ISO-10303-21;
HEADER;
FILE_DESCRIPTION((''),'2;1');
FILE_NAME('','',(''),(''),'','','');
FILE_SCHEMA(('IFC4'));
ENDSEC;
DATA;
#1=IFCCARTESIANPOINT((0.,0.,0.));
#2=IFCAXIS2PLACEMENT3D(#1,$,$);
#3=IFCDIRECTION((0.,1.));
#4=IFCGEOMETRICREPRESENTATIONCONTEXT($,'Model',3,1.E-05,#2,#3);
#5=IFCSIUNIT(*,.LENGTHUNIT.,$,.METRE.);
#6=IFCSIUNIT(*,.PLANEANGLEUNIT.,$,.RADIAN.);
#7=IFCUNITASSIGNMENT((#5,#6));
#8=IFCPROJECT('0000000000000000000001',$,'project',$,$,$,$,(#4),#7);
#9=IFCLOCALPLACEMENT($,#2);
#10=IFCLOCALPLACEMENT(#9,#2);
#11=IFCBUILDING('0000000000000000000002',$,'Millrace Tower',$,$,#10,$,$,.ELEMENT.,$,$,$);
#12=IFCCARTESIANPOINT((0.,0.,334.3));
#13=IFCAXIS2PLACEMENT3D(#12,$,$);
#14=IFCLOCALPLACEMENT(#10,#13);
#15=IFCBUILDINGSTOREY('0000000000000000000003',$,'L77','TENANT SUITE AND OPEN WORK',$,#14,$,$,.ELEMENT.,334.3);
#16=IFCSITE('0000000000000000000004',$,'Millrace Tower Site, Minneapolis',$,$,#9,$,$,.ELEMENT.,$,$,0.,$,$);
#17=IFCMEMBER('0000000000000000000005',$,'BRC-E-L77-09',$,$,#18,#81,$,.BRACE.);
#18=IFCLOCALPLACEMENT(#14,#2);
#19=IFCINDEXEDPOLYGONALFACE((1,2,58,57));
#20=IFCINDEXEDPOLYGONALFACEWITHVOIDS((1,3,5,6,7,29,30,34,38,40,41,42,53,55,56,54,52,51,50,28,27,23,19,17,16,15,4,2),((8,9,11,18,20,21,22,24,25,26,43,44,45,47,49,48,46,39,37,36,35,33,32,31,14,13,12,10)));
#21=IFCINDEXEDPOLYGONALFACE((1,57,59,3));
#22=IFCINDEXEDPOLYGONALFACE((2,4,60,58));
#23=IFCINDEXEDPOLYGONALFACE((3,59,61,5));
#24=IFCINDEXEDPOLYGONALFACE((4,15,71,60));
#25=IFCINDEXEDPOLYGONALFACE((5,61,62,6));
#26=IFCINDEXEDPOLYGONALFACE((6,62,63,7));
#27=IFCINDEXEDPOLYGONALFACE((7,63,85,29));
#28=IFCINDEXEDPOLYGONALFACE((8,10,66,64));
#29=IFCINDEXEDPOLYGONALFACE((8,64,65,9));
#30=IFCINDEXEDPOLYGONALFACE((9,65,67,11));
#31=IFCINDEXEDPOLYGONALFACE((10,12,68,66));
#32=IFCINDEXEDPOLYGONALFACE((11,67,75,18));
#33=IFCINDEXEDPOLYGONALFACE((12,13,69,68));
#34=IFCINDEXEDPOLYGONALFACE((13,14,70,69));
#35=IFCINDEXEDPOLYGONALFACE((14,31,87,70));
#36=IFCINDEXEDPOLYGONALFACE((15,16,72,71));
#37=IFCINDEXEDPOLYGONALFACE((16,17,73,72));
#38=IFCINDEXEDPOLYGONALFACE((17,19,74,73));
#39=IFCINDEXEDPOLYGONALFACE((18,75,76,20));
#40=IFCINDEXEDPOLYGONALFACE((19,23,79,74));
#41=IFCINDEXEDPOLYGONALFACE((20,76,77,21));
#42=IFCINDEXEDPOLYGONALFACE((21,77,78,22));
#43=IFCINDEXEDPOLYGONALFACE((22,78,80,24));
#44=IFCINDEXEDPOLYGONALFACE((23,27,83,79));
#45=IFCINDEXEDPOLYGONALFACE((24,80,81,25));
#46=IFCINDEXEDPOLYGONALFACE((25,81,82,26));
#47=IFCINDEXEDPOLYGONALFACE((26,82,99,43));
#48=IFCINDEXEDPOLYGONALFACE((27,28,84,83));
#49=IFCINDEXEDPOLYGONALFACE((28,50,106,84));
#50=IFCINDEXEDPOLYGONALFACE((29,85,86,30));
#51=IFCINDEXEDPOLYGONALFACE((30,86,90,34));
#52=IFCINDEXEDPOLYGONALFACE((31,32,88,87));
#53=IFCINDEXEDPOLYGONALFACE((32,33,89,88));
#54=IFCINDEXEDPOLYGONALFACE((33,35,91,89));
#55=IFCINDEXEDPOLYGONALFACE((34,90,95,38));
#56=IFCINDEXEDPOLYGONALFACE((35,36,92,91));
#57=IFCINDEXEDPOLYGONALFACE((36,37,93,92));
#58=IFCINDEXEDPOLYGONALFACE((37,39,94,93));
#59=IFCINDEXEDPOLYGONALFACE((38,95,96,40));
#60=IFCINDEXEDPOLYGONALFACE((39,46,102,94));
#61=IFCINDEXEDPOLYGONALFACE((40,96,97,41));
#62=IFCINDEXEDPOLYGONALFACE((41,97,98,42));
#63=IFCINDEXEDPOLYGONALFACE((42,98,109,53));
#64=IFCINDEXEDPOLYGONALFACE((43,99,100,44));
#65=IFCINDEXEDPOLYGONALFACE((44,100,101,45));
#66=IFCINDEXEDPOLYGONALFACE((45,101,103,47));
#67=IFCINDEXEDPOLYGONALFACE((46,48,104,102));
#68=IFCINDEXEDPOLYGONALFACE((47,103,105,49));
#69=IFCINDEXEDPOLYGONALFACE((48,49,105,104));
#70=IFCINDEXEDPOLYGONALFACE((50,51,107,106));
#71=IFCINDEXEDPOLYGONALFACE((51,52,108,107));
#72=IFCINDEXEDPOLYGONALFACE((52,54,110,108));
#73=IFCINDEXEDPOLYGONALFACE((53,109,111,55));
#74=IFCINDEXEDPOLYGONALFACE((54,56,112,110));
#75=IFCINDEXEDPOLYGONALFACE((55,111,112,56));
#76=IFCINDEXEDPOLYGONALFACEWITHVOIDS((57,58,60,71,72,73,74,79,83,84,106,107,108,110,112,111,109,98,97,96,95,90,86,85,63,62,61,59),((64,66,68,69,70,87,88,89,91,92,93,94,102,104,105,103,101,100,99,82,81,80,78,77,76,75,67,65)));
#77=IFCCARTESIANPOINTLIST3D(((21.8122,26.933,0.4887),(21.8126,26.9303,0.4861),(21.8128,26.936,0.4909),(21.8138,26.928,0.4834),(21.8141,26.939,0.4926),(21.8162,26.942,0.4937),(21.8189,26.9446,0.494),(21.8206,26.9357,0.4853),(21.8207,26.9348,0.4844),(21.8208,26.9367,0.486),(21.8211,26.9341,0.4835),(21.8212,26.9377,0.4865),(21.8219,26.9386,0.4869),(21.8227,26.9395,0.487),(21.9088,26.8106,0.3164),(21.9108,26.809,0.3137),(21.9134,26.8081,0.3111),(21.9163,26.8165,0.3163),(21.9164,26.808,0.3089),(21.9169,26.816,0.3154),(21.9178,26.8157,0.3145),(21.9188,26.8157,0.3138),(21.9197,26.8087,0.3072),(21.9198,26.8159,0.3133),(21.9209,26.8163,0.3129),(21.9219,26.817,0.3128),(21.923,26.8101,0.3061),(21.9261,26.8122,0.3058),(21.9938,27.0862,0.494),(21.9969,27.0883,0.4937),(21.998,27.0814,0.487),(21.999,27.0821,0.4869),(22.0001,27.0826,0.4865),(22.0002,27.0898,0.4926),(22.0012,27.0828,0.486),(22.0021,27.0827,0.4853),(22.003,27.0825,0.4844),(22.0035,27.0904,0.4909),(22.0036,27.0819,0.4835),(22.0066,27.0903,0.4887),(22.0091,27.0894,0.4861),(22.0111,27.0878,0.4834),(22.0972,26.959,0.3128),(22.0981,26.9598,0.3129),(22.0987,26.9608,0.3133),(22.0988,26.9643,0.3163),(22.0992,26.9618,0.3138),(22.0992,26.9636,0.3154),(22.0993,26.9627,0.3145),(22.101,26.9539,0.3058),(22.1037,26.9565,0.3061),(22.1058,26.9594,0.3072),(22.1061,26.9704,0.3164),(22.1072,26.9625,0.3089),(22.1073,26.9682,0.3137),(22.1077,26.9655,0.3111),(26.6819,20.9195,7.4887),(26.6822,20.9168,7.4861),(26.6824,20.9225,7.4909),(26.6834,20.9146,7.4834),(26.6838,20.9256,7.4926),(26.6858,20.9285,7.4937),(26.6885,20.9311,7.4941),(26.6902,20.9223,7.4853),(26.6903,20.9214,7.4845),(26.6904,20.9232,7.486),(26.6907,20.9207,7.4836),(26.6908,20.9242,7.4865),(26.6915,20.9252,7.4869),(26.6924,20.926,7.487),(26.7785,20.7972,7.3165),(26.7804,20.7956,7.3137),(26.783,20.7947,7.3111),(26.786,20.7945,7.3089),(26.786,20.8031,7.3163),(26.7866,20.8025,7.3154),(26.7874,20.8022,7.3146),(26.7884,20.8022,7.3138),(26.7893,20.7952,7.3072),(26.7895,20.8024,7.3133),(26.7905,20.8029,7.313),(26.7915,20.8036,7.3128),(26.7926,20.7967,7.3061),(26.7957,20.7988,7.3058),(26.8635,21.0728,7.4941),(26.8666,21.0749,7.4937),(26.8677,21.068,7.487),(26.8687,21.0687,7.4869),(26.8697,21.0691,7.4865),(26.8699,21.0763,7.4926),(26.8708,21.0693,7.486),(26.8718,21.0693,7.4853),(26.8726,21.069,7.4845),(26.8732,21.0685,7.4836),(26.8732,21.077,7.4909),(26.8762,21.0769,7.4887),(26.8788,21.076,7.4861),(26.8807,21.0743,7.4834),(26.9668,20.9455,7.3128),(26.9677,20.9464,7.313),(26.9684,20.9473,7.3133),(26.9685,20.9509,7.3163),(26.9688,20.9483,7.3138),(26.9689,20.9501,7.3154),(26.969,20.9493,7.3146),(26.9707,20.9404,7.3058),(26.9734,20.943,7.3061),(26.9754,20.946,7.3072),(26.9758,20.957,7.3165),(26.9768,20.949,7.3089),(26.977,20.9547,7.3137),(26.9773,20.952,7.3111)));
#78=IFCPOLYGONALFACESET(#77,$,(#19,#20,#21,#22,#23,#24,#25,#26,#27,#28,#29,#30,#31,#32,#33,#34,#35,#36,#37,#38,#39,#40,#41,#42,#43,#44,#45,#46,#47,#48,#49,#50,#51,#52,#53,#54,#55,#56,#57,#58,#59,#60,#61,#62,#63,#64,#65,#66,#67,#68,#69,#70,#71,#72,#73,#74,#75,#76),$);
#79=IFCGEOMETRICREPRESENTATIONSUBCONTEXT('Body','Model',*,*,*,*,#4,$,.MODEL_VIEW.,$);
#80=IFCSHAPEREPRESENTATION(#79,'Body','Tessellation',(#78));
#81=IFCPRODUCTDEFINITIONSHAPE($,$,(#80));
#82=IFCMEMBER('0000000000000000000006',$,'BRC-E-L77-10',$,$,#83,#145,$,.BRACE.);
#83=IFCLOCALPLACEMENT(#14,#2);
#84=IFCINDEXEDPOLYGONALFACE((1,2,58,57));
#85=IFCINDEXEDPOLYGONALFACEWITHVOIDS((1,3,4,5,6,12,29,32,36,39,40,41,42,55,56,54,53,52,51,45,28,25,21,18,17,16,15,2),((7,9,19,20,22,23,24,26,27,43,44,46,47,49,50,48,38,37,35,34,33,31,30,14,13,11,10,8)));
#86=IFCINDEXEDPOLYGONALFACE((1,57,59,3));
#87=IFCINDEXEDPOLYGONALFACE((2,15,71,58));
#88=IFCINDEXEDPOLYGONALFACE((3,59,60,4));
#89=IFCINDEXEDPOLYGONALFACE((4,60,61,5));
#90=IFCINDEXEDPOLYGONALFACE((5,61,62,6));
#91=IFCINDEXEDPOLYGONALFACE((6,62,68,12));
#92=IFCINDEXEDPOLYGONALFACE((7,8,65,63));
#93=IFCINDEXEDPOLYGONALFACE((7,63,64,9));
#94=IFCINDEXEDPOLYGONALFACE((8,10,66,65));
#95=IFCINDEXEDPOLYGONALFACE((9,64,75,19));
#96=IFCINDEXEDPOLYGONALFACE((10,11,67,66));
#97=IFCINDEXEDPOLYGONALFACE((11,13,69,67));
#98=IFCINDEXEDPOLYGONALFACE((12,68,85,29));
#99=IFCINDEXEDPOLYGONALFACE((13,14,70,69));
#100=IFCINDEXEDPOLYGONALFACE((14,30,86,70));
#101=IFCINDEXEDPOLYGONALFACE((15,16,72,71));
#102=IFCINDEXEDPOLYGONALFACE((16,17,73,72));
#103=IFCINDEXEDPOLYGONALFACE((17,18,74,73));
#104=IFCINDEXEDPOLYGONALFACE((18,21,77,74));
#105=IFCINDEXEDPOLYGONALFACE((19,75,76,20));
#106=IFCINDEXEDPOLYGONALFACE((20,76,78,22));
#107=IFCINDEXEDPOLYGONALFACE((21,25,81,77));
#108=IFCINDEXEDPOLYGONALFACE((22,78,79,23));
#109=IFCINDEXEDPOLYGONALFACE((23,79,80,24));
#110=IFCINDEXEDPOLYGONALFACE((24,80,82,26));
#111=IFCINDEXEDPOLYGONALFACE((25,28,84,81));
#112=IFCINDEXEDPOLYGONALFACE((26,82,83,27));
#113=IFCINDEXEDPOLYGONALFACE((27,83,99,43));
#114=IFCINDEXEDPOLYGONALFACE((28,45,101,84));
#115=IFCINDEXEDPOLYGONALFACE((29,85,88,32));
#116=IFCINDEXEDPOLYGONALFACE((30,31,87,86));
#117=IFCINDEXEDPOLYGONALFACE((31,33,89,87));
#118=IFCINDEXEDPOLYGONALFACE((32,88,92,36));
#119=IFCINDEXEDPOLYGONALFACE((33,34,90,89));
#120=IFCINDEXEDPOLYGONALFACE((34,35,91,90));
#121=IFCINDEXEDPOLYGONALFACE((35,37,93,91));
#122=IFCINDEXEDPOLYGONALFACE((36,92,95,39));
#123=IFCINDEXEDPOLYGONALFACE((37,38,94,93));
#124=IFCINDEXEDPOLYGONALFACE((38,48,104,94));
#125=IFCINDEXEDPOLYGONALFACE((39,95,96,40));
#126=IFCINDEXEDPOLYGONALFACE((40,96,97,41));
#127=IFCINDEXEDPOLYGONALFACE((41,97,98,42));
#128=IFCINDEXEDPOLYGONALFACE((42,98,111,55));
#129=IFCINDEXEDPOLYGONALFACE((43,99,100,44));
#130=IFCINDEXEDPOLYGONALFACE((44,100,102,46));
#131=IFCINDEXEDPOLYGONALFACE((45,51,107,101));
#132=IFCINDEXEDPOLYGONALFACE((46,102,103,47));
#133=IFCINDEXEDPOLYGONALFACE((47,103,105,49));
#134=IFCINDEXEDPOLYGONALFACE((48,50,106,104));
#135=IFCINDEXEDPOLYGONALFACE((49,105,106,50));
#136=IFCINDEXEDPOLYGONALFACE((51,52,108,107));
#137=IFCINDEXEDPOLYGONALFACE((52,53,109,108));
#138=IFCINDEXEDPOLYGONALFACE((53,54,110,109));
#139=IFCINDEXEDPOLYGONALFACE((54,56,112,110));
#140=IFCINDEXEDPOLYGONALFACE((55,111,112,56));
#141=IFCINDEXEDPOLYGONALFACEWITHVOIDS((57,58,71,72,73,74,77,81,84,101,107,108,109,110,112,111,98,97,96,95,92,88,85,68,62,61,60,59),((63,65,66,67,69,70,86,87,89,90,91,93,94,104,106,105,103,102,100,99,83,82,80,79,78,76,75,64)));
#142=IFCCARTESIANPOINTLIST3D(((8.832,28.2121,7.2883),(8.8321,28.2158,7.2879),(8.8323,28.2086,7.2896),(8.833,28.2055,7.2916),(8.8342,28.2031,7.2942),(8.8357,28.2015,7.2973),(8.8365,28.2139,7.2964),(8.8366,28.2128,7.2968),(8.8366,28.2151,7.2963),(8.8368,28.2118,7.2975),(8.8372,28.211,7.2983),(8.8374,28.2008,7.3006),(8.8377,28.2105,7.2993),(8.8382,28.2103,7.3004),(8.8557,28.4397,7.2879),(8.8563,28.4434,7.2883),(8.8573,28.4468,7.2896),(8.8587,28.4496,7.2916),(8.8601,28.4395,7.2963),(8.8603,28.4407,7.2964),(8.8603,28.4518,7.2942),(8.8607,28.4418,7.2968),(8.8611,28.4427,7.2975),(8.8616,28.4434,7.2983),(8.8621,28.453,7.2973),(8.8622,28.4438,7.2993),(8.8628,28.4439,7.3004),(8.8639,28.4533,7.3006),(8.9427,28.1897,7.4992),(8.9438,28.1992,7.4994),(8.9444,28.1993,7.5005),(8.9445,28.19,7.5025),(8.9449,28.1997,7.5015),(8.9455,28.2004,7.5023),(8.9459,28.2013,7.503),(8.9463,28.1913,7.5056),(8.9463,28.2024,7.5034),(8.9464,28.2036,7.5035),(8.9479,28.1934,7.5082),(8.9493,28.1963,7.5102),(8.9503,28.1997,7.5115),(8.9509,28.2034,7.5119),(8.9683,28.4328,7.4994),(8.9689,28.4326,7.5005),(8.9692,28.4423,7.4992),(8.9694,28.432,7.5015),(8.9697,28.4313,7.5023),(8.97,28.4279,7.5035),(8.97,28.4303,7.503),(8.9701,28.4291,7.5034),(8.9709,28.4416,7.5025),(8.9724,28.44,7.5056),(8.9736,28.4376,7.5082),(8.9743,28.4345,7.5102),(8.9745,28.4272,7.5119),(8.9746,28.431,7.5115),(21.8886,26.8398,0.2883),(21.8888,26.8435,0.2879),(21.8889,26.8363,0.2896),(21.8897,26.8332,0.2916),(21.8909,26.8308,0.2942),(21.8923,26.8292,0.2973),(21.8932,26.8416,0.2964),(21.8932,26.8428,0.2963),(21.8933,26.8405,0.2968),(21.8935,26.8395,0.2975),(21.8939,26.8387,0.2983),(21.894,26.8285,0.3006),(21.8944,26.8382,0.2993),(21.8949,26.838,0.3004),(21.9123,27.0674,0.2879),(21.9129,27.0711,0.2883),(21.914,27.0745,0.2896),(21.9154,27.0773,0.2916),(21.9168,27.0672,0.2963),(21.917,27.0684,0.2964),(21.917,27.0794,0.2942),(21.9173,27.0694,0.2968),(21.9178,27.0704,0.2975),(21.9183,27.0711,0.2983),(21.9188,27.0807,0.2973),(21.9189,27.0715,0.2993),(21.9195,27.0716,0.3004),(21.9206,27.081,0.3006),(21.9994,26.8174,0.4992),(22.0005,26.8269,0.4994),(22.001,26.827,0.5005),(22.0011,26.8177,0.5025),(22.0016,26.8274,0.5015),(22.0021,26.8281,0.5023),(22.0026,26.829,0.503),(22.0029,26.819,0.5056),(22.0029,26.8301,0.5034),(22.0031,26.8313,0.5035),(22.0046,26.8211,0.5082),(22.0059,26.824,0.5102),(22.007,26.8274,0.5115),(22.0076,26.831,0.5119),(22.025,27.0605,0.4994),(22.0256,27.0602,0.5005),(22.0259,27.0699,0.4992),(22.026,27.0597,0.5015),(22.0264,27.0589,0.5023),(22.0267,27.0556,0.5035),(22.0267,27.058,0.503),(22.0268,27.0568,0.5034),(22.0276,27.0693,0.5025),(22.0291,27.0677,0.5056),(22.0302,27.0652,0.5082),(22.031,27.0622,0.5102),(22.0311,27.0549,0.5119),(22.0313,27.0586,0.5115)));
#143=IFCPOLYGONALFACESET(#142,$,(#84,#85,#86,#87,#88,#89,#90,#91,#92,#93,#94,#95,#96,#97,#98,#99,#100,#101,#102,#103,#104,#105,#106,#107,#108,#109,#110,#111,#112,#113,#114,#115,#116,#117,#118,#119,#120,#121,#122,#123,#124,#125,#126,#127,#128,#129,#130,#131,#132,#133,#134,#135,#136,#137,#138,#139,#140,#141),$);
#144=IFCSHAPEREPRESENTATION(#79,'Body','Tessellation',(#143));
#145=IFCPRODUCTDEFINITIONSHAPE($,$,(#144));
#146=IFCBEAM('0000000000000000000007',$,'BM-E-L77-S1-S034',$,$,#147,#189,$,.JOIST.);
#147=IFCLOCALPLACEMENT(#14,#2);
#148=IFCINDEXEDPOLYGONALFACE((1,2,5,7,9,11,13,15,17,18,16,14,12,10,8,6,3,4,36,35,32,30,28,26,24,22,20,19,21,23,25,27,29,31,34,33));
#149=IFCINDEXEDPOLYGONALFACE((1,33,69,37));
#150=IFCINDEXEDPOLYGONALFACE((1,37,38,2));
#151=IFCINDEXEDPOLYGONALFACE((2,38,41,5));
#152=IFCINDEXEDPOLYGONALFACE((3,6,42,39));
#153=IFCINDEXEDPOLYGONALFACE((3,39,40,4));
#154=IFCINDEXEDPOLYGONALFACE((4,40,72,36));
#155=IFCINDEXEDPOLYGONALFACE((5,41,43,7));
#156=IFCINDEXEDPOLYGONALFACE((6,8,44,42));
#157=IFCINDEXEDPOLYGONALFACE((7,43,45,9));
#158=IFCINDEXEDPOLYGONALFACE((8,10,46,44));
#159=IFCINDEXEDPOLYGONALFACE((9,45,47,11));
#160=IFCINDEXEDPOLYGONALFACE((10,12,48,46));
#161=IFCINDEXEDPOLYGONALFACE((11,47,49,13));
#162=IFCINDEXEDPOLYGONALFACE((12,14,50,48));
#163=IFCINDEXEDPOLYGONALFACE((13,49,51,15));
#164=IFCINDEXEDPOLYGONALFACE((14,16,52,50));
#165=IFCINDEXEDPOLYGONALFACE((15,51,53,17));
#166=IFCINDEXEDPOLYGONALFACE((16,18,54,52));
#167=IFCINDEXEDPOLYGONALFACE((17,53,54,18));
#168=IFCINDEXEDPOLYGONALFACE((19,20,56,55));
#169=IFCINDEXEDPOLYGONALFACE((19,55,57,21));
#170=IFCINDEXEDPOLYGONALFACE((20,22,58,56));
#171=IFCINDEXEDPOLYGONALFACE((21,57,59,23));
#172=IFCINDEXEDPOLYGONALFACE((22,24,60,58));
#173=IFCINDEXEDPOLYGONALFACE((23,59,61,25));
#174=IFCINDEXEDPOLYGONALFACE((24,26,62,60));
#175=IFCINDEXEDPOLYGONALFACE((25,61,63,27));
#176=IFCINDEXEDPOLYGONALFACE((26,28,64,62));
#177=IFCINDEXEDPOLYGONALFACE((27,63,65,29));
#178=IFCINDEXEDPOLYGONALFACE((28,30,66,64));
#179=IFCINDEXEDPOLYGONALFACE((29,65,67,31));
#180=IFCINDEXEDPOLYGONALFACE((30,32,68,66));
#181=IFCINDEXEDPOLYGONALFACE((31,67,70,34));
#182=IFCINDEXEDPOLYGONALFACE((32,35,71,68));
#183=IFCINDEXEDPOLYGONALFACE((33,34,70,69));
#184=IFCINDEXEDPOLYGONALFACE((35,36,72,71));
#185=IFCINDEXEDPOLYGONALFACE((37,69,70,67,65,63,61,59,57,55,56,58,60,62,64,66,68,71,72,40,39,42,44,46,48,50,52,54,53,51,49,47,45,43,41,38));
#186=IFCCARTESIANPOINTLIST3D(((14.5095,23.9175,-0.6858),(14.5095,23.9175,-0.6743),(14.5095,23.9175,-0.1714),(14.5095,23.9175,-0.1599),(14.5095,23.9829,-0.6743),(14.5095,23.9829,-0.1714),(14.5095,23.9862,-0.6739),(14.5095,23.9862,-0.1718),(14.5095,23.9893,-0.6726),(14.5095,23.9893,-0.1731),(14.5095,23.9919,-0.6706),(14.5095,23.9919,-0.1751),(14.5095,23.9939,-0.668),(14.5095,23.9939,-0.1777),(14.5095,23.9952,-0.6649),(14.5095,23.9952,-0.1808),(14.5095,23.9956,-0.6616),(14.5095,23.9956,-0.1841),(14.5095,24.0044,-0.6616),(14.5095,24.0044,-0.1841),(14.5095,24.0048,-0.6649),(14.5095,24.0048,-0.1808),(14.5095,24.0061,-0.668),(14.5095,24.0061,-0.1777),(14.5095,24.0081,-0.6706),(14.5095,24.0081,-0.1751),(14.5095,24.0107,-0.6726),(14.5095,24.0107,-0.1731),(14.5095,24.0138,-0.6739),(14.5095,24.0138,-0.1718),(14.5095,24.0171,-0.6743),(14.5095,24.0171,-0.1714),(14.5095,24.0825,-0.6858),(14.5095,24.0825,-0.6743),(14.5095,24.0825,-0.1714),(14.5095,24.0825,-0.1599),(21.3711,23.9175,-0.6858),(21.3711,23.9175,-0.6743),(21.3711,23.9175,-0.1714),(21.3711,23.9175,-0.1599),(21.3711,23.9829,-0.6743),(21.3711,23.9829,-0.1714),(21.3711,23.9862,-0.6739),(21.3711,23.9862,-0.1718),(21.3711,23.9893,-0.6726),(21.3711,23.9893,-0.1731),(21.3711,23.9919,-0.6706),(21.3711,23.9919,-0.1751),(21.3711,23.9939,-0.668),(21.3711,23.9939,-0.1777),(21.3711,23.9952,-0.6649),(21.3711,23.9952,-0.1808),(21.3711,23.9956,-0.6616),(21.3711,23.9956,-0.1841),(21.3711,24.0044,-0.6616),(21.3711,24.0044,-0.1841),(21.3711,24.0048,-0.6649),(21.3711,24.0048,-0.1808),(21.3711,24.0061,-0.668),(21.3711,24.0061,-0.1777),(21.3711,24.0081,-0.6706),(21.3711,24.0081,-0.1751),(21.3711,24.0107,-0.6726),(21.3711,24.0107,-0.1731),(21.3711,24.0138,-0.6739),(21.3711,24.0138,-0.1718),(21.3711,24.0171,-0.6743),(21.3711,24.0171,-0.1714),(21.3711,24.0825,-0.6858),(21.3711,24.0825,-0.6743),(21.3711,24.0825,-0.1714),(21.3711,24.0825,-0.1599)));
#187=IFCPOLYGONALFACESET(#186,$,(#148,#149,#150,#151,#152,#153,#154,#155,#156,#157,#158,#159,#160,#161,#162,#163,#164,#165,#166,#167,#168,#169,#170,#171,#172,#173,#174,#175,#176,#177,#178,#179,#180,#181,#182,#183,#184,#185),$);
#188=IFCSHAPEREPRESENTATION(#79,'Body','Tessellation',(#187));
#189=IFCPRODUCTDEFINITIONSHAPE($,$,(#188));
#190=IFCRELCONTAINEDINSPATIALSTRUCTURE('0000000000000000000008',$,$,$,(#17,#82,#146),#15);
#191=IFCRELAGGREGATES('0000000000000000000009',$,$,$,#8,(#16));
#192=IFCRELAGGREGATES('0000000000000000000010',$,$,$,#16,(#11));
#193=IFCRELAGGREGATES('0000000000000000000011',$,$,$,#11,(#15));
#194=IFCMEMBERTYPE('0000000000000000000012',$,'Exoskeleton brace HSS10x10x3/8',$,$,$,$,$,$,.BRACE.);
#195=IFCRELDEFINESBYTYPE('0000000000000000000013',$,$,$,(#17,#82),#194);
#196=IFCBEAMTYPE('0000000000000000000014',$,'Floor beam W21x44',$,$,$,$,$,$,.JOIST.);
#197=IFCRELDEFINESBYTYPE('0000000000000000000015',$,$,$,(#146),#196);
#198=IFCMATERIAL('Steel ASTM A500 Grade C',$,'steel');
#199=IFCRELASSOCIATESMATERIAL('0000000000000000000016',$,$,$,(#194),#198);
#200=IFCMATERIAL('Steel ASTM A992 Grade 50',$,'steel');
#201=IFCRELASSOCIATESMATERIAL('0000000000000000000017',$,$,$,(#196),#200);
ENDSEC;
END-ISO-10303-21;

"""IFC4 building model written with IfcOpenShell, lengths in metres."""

from ifc_helpers import new_model, si_unit, direction, frame, origin, origin_2d, place, context, subcontext, project, spatial, hollow_rectangle, i_section, extrude, material, material_profile, profile_set, type_object, element, save


model = new_model("IFC4")

# Units and contexts
model_context = context("Model", 3, precision=1e-05, world=origin(), true_north=direction((0.0, 1.0)))
body_context = subcontext(model_context, "Body", "Model", "MODEL_VIEW")
ifc_project = project(units=[si_unit("LENGTHUNIT", "METRE"), si_unit("PLANEANGLEUNIT", "RADIAN")], contexts=[model_context])

# Site, building, storey
site_placement = place(None, origin())
site = spatial("IfcSite", under=ifc_project, at=site_placement, Name="Millrace Tower Site, Minneapolis", CompositionType="ELEMENT", RefElevation=0.0)
building_placement = place(site_placement, origin())
building = spatial("IfcBuilding", under=site, at=building_placement, Name="Millrace Tower", CompositionType="ELEMENT")
storey_placement = place(building_placement, frame((0.0, 0.0, 334.3)))
storey = spatial("IfcBuildingStorey", under=building, at=storey_placement, Name="L77", Description="TENANT SUITE AND OPEN WORK", CompositionType="ELEMENT", Elevation=334.3)

# Members
ifc_material_1 = material(Name="Steel ASTM A500 Grade C", Category="steel")
ifc_material_profile_1 = material_profile(ifc_material_1, hollow_rectangle(XDim=0.2539, YDim=0.2539, WallThickness=0.0095, InnerFilletRadius=0.0046, OuterFilletRadius=0.0144, at=origin_2d()))
ifc_profile_set_1 = profile_set([ifc_material_profile_1], Name="Steel ASTM A500 Grade C")
member_type_1 = type_object("IfcMemberType", Name="Exoskeleton brace HSS10x10x3/8", PredefinedType="BRACE", material=ifc_profile_set_1)
member_1_placement = place(storey_placement, frame((21.96, 26.9492, 0.3999), z_axis=(0.466694, -0.576314, 0.670864), x_axis=(0.777143, 0.629324, 0.0)))
element("IfcMember", 1, at=member_1_placement, inside=storey, type_object=member_type_1, Name="BRC-E-L77-09", PredefinedType="BRACE", context=body_context, shape_type="SweptSolid", body=[
    extrude(hollow_rectangle(XDim=0.2539, YDim=0.2539, WallThickness=0.0095, InnerFilletRadius=0.0046, OuterFilletRadius=0.0144, at=origin_2d()), origin(), (0.0, 0.0, 1.0), 10.4343),
])
member_2_placement = place(storey_placement, frame((21.96, 26.9492, 0.3999), z_axis=(-0.877572, 0.092237, 0.470489), x_axis=(-0.104529, -0.994522, 0.0)))
element("IfcMember", 2, at=member_2_placement, inside=storey, type_object=member_type_1, Name="BRC-E-L77-10", PredefinedType="BRACE", context=body_context, shape_type="SweptSolid", body=[
    extrude(hollow_rectangle(XDim=0.2539, YDim=0.2539, WallThickness=0.0095, InnerFilletRadius=0.0046, OuterFilletRadius=0.0144, at=origin_2d()), origin(), (0.0, 0.0, 1.0), 14.8782),
])

# Beam
ifc_material_2 = material(Name="Steel ASTM A992 Grade 50", Category="steel")
ifc_material_profile_2 = material_profile(ifc_material_2, i_section(OverallWidth=0.165, OverallDepth=0.5259, WebThickness=0.0088, FlangeThickness=0.0115, FilletRadius=0.0127, at=origin_2d()))
ifc_profile_set_2 = profile_set([ifc_material_profile_2], Name="Steel ASTM A992 Grade 50")
beam_type_1 = type_object("IfcBeamType", Name="Floor beam W21x44", PredefinedType="JOIST", material=ifc_profile_set_2)
beam_1_placement = place(storey_placement, frame((14.5095, 24.0, -0.4229), z_axis=(1.0, 0.0, 0.0), x_axis=(0.0, 1.0, 0.0)))
element("IfcBeam", 3, at=beam_1_placement, inside=storey, type_object=beam_type_1, Name="BM-E-L77-S1-S034", PredefinedType="JOIST", context=body_context, shape_type="SweptSolid", body=[
    extrude(i_section(OverallWidth=0.165, OverallDepth=0.5259, WebThickness=0.0088, FlangeThickness=0.0115, FilletRadius=0.0127, at=origin_2d()), origin(), (0.0, 0.0, 1.0), 6.8616),
])

save(model, "model.ifc")
